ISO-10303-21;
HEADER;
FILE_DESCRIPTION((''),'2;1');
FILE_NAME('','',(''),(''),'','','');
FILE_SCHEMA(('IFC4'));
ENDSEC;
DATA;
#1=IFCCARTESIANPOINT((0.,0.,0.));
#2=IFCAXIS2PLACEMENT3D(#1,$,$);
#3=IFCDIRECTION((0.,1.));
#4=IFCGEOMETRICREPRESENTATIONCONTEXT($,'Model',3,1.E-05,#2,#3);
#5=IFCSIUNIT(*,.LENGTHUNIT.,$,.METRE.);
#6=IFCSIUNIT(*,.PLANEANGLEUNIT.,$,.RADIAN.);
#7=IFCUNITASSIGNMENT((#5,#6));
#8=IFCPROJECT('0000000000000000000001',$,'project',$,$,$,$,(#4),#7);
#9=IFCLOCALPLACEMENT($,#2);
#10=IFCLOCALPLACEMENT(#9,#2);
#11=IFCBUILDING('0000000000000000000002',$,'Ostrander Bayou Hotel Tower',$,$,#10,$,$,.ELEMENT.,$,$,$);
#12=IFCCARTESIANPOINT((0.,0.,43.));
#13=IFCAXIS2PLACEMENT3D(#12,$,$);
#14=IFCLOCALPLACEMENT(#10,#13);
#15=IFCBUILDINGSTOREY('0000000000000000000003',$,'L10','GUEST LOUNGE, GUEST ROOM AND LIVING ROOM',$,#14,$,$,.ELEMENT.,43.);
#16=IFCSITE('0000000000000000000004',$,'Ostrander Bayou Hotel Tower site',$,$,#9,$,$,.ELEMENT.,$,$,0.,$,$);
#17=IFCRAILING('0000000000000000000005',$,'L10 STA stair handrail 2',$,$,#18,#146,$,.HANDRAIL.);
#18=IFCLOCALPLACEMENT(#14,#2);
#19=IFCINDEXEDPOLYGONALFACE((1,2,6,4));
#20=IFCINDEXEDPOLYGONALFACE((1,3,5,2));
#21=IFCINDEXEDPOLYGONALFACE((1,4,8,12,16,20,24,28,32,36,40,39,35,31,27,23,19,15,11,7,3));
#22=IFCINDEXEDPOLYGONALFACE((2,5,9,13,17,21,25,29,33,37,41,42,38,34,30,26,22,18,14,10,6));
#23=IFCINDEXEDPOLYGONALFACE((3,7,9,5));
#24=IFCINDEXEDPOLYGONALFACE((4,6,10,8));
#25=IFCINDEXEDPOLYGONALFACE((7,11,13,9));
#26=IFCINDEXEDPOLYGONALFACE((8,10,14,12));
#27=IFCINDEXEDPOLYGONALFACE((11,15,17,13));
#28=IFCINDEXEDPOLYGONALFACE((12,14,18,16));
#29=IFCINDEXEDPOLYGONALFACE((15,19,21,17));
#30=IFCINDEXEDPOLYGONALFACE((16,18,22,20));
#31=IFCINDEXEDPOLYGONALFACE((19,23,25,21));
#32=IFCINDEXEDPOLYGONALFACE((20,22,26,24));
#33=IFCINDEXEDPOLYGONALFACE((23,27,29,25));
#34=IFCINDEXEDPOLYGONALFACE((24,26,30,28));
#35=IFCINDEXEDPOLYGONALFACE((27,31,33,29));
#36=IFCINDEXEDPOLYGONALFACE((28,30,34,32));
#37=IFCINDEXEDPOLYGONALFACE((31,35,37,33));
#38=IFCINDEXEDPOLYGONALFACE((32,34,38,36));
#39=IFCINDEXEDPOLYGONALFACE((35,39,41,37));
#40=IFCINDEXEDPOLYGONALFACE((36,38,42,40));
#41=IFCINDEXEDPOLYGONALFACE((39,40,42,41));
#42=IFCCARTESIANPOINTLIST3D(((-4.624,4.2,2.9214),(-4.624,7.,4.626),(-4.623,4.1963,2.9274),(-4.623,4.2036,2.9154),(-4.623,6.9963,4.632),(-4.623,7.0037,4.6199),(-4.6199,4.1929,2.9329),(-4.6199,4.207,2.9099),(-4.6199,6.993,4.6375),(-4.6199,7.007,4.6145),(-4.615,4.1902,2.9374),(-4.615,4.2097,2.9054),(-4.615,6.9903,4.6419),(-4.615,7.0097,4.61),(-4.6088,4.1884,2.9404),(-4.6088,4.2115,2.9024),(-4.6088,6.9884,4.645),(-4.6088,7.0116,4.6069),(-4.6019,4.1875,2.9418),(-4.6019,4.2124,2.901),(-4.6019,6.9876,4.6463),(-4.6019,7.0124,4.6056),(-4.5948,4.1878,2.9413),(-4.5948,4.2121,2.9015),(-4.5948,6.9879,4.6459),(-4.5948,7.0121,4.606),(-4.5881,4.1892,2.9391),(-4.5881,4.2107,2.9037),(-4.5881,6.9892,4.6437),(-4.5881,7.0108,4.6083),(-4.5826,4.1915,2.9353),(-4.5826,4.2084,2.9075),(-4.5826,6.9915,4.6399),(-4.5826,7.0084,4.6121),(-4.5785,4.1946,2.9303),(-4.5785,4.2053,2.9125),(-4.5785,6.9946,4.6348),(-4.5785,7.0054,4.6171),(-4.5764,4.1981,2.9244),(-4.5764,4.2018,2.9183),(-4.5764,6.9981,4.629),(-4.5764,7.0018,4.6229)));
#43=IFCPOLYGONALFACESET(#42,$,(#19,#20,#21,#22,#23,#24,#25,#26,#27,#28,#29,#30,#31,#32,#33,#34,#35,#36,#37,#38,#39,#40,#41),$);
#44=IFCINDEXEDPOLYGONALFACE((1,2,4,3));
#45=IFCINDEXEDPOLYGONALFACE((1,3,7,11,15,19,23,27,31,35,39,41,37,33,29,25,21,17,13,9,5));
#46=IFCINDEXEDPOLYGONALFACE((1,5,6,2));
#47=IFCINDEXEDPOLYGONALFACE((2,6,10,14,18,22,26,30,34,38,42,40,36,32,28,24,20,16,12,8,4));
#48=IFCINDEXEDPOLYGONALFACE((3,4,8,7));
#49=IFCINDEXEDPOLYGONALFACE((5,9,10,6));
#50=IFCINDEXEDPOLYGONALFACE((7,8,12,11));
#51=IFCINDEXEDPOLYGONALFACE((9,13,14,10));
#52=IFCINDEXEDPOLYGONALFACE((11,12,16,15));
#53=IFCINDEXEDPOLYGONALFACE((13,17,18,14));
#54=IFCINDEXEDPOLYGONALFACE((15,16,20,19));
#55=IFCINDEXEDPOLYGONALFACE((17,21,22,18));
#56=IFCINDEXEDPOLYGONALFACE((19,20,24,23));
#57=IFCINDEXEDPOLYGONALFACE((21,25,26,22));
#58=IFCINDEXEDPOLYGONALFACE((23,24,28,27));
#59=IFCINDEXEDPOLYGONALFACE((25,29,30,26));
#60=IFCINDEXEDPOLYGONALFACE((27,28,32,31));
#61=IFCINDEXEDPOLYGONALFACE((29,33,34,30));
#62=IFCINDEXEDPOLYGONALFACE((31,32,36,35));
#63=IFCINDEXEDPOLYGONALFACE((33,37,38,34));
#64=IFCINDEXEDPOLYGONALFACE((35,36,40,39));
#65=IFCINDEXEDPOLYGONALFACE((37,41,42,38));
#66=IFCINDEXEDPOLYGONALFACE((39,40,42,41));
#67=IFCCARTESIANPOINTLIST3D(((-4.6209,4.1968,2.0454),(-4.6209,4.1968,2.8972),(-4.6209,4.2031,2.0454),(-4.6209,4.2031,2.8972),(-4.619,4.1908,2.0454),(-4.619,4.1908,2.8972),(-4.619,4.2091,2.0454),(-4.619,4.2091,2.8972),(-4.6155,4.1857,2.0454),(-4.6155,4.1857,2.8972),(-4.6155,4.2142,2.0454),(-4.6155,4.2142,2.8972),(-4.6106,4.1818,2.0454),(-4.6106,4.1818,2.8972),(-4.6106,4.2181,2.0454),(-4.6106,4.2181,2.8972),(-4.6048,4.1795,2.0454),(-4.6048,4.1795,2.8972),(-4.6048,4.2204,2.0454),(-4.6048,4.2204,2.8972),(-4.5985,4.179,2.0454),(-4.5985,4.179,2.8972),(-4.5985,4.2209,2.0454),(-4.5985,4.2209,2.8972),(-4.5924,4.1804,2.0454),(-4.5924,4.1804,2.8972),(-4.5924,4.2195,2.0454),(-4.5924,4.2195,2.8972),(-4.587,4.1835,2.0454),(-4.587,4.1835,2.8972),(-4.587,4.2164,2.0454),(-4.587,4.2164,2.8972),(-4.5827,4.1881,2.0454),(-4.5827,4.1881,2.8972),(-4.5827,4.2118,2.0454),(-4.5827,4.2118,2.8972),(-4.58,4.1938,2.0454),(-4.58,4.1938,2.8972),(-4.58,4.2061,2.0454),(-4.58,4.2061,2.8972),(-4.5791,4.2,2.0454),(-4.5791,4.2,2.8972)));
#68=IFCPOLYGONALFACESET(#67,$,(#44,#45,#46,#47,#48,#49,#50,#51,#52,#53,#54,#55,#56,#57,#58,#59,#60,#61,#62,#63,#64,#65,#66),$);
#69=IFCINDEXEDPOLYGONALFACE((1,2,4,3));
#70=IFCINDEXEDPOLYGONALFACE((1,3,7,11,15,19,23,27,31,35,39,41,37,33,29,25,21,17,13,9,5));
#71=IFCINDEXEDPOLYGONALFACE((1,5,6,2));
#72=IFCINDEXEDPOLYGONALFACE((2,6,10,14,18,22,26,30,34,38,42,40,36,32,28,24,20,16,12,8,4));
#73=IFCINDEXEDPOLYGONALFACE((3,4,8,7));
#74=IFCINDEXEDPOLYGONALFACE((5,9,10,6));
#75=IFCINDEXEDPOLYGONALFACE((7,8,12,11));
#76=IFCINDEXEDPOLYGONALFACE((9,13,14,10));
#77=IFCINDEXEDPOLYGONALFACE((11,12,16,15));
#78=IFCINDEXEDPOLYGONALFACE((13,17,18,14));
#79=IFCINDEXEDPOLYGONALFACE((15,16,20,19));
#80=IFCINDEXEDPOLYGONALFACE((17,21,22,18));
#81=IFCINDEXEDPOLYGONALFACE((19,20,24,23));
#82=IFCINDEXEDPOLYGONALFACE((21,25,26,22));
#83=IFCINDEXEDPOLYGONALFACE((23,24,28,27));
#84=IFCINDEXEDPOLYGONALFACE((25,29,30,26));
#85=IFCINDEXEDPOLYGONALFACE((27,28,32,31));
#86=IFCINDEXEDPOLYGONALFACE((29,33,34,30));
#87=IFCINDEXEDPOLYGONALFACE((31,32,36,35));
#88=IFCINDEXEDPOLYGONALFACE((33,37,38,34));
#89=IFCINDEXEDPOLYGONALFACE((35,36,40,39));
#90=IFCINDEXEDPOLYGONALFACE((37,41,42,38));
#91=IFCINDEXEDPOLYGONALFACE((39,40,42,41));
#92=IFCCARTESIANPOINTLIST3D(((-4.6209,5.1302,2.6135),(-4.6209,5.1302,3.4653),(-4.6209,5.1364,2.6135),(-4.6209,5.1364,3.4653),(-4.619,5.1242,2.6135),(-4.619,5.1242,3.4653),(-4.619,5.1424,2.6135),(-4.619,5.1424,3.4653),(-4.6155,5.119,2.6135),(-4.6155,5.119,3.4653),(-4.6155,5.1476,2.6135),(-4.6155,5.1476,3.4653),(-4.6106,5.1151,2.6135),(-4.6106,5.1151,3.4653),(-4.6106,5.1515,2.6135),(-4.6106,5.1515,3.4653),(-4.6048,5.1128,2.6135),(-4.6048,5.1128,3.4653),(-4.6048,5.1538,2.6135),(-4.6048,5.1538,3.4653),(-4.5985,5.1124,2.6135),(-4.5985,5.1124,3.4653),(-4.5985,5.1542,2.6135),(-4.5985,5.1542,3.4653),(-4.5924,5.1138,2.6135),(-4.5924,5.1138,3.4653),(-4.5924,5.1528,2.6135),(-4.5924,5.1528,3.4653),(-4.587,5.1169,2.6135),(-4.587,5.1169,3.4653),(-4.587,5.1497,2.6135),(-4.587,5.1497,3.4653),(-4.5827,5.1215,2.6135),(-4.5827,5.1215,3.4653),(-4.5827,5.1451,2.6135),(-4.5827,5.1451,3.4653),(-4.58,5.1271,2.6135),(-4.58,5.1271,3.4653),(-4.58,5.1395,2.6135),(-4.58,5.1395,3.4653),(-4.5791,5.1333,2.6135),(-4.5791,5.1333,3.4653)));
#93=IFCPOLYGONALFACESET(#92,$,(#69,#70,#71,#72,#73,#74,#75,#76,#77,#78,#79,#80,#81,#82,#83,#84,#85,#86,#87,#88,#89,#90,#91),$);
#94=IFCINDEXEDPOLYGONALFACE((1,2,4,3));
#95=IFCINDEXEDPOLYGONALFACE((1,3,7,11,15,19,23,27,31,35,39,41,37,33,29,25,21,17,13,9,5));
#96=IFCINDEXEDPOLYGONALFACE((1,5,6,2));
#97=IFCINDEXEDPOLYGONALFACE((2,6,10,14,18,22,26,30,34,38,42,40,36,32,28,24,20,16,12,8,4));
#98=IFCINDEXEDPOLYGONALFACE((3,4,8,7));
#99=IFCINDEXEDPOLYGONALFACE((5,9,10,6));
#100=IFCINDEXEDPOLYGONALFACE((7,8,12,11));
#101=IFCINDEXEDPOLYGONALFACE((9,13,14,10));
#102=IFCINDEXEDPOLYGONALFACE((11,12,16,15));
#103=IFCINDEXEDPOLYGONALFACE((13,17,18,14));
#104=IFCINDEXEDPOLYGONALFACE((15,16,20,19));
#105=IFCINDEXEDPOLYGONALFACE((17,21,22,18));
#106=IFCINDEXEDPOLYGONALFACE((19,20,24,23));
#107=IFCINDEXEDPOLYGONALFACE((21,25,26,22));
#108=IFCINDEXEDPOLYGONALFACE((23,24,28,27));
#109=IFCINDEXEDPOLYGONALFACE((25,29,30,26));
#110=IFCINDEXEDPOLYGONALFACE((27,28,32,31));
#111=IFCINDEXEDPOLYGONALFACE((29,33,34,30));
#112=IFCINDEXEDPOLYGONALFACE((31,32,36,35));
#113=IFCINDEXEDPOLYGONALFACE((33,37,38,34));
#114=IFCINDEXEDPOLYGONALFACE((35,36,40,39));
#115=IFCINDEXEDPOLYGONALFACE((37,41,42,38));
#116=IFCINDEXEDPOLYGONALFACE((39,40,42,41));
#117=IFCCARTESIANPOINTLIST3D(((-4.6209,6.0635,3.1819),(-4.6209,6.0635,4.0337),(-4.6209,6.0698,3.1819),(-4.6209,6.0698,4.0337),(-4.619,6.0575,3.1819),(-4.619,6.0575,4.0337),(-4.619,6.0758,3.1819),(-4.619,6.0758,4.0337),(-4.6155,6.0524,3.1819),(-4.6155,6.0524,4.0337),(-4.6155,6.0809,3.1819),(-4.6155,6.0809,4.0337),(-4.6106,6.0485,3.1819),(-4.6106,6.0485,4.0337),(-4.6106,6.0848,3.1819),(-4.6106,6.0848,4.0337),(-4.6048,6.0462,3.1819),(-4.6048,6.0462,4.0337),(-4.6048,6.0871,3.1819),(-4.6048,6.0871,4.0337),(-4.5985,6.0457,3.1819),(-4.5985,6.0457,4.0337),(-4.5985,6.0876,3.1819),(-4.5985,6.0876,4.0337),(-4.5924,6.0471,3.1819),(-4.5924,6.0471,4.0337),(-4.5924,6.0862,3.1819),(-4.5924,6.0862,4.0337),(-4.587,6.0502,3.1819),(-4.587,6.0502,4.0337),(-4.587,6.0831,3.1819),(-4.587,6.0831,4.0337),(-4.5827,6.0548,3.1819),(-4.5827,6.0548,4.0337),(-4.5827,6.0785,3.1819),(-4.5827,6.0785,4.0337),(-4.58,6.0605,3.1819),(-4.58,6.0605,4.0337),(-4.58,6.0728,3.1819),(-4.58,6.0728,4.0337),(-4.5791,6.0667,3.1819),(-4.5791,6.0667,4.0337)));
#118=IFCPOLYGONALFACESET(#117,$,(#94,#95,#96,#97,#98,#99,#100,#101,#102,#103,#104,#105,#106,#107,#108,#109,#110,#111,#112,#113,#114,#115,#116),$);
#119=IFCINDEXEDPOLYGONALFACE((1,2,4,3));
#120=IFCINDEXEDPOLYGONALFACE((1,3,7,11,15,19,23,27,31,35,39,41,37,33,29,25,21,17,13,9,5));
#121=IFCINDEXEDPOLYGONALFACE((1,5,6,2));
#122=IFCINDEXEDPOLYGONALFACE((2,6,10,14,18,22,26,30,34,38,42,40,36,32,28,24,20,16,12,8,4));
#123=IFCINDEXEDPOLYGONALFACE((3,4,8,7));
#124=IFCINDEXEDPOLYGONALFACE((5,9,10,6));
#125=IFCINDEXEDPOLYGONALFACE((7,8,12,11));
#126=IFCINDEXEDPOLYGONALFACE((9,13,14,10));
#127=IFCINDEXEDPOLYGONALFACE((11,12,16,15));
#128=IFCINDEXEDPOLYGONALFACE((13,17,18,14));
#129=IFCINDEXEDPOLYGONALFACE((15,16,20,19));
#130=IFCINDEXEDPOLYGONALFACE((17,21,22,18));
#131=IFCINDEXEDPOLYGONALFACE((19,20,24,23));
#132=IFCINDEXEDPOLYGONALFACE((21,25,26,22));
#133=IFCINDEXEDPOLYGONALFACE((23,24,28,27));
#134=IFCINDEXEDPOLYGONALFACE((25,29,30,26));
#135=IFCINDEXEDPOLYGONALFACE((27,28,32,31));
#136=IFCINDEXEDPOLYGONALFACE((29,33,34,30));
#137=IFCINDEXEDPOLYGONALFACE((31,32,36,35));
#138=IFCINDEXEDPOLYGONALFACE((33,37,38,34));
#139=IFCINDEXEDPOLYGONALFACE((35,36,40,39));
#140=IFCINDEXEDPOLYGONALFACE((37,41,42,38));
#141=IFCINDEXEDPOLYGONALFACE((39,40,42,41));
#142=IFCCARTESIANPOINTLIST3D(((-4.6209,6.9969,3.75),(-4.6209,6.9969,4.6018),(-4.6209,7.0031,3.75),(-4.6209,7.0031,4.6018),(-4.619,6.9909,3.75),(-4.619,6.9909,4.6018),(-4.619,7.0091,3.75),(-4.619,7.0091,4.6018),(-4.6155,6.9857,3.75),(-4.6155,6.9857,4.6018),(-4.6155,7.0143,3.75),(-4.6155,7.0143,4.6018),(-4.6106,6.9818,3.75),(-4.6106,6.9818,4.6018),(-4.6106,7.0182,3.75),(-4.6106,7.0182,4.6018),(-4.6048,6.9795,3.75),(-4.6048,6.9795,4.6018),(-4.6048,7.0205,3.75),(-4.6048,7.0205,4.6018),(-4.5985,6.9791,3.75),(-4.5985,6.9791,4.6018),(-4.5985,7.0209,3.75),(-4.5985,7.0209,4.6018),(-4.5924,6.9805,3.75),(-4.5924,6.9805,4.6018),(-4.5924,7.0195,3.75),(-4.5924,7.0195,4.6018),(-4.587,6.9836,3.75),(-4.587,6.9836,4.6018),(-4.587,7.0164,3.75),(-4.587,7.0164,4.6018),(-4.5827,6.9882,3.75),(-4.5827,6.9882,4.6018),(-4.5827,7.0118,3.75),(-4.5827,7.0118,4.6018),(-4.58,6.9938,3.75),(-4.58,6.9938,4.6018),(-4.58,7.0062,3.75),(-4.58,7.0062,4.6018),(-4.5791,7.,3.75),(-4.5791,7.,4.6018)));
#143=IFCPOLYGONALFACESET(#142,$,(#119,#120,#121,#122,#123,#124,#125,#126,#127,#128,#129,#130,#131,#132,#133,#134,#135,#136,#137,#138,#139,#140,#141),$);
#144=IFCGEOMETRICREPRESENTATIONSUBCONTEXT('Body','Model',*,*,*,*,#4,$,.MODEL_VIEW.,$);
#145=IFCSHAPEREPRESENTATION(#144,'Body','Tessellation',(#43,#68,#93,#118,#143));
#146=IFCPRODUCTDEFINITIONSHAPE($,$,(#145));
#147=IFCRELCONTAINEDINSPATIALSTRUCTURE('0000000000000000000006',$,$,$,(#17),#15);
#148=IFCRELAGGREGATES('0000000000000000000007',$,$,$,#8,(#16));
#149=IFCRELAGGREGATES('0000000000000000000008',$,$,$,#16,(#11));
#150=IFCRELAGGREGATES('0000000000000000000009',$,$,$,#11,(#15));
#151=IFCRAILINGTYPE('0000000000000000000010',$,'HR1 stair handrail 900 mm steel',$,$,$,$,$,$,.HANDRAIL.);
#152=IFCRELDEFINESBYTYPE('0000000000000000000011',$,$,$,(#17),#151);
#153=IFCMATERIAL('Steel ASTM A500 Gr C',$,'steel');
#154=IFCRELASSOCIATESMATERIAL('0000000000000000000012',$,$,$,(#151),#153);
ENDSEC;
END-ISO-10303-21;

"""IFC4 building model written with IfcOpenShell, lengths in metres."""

from ifc_helpers import new_model, si_unit, direction, frame, origin, origin_2d, place, context, subcontext, project, spatial, circle, extrude, material, type_object, element, save


model = new_model("IFC4")

# Units and contexts
model_context = context("Model", 3, precision=1e-05, world=origin(), true_north=direction((0.0, 1.0)))
body_context = subcontext(model_context, "Body", "Model", "MODEL_VIEW")
ifc_project = project(units=[si_unit("LENGTHUNIT", "METRE"), si_unit("PLANEANGLEUNIT", "RADIAN")], contexts=[model_context])

# Site, building, storey
site_placement = place(None, origin())
site = spatial("IfcSite", under=ifc_project, at=site_placement, Name="Ostrander Bayou Hotel Tower site", CompositionType="ELEMENT", RefElevation=0.0)
building_placement = place(site_placement, origin())
building = spatial("IfcBuilding", under=site, at=building_placement, Name="Ostrander Bayou Hotel Tower", CompositionType="ELEMENT")
storey_placement = place(building_placement, frame((0.0, 0.0, 43.0)))
storey = spatial("IfcBuildingStorey", under=building, at=storey_placement, Name="L10", Description="GUEST LOUNGE, GUEST ROOM AND LIVING ROOM", CompositionType="ELEMENT", Elevation=43.0)

# Railing
ifc_material_1 = material(Name="Steel ASTM A500 Gr C", Category="steel")
railing_type_1 = type_object("IfcRailingType", Name="HR1 stair handrail 900 mm steel", PredefinedType="HANDRAIL", material=ifc_material_1)
railing_1_placement = place(storey_placement, frame((-4.6001, 4.2, 2.0454)))
element("IfcRailing", 1, at=railing_1_placement, inside=storey, type_object=railing_type_1, Name="L10 STA stair handrail 2", PredefinedType="HANDRAIL", context=body_context, shape_type="SweptSolid", body=[
    extrude(circle(Radius=0.0239, at=origin_2d()), frame((0.0, 0.0, 0.876), z_axis=(0.0, 0.85417, 0.519994), x_axis=(-1.0, 0.0, 0.0)), (0.0, 0.0, 1.0), 3.2781),
    extrude(circle(Radius=0.021, at=origin_2d()), origin(), (0.0, 0.0, 1.0), 0.8518),
    extrude(circle(Radius=0.021, at=origin_2d()), frame((0.0, 0.9333, 0.5681)), (0.0, 0.0, 1.0), 0.8518),
    extrude(circle(Radius=0.021, at=origin_2d()), frame((0.0, 1.8667, 1.1365)), (0.0, 0.0, 1.0), 0.8518),
    extrude(circle(Radius=0.021, at=origin_2d()), frame((0.0, 2.8, 1.7046)), (0.0, 0.0, 1.0), 0.8518),
])

save(model, "model.ifc")
